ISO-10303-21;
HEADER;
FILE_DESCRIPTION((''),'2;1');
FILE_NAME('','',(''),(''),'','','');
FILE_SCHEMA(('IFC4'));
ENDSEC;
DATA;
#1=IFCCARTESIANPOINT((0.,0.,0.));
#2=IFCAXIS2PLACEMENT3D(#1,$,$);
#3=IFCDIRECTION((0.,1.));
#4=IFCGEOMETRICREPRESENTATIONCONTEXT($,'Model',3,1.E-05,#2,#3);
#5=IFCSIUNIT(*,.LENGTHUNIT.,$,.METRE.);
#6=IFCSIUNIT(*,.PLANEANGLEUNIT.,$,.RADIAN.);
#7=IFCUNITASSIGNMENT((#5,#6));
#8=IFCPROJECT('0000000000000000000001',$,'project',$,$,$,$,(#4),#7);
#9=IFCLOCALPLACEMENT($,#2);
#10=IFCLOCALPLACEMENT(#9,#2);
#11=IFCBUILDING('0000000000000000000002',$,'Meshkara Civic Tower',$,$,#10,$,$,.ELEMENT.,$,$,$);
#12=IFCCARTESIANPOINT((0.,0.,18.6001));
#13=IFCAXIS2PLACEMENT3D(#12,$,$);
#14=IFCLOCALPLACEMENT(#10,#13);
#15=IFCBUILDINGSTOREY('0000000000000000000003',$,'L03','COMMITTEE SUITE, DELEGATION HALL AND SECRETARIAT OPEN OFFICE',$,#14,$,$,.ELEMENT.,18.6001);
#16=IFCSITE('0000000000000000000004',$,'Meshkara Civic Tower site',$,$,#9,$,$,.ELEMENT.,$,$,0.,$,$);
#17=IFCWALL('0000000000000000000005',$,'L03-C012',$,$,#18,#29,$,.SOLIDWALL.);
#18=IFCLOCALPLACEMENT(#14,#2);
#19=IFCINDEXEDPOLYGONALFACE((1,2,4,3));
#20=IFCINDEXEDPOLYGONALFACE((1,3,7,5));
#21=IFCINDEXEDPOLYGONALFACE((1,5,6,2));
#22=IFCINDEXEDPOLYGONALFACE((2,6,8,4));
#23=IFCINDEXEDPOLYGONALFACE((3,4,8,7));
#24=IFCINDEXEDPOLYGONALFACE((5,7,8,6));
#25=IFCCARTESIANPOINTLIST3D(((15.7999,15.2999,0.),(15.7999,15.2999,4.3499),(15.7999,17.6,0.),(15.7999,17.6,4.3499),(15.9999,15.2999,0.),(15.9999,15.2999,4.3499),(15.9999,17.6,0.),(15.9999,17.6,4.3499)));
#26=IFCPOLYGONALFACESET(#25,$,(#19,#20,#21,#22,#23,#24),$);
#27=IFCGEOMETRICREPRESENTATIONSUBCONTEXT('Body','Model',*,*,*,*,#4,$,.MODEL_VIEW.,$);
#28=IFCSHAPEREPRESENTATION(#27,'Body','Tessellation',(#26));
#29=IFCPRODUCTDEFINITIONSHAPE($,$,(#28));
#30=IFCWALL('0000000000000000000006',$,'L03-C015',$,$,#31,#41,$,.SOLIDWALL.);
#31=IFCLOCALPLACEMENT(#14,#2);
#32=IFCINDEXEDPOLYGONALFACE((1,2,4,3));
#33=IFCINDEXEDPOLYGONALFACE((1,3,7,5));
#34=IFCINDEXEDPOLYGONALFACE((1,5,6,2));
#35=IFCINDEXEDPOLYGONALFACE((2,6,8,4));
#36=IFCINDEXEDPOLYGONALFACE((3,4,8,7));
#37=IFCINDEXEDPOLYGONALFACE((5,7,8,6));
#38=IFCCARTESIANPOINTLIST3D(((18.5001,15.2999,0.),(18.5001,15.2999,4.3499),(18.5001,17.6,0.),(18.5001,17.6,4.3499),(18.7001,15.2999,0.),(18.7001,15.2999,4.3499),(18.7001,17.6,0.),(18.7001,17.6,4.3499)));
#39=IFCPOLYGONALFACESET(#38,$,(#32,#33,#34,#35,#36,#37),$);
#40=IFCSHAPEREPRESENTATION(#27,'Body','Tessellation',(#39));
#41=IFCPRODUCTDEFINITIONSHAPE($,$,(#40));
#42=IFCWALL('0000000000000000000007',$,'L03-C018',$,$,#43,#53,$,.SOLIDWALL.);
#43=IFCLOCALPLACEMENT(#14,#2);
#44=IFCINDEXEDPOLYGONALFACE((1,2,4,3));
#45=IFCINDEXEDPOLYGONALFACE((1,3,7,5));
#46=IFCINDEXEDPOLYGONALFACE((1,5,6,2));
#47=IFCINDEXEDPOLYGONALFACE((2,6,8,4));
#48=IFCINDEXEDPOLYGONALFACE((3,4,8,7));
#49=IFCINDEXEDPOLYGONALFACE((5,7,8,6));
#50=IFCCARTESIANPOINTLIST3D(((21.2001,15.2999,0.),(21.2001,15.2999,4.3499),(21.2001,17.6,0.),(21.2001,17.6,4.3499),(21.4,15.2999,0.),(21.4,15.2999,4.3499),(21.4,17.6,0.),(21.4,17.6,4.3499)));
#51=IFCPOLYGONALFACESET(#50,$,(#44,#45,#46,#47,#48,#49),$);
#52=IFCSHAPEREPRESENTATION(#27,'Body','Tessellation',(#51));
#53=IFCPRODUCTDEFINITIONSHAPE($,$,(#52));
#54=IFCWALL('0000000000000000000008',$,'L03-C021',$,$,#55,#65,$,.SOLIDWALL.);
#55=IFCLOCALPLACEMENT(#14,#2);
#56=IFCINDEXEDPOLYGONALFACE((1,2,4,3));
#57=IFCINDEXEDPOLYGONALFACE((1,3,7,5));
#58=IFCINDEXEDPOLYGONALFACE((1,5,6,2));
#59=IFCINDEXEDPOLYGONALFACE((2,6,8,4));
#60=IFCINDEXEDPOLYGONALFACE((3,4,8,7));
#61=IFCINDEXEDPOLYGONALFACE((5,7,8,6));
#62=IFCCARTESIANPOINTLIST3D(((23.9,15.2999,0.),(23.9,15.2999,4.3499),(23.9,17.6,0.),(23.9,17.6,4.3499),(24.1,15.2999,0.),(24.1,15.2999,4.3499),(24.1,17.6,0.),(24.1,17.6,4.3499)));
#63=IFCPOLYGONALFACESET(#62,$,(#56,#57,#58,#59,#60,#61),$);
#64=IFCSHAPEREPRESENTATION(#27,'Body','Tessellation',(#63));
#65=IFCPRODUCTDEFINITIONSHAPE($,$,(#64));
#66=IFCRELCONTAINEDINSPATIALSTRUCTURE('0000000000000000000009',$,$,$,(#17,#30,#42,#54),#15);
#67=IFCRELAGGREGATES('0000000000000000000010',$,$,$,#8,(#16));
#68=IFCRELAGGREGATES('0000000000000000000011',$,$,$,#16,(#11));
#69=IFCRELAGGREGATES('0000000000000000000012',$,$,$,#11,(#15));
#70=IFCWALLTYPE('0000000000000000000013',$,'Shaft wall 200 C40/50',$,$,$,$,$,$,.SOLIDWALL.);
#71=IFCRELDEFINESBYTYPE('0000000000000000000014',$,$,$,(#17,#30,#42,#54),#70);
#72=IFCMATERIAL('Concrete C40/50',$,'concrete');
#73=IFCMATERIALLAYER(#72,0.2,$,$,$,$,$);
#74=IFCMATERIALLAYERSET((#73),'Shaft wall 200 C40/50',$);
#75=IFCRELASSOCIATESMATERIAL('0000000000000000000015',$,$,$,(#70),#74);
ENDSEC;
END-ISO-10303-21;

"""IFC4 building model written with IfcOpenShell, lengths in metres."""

from ifc_helpers import new_model, si_unit, direction, frame, frame_2d, origin, place, context, subcontext, project, spatial, rectangle, extrude, material, layer, layer_set, type_object, element, save


model = new_model("IFC4")

# Units and contexts
model_context = context("Model", 3, precision=1e-05, world=origin(), true_north=direction((0.0, 1.0)))
body_context = subcontext(model_context, "Body", "Model", "MODEL_VIEW")
ifc_project = project(units=[si_unit("LENGTHUNIT", "METRE"), si_unit("PLANEANGLEUNIT", "RADIAN")], contexts=[model_context])

# Site, building, storey
site_placement = place(None, origin())
site = spatial("IfcSite", under=ifc_project, at=site_placement, Name="Meshkara Civic Tower site", CompositionType="ELEMENT", RefElevation=0.0)
building_placement = place(site_placement, origin())
building = spatial("IfcBuilding", under=site, at=building_placement, Name="Meshkara Civic Tower", CompositionType="ELEMENT")
storey_placement = place(building_placement, frame((0.0, 0.0, 18.6001)))
storey = spatial("IfcBuildingStorey", under=building, at=storey_placement, Name="L03", Description="COMMITTEE SUITE, DELEGATION HALL AND SECRETARIAT OPEN OFFICE", CompositionType="ELEMENT", Elevation=18.6001)

# Shared definitions
ifc_material_1 = material(Name="Concrete C40/50", Category="concrete")
ifc_layer_1 = layer(ifc_material_1, 0.2)
ifc_layer_set_1 = layer_set([ifc_layer_1], Name="Shaft wall 200 C40/50")
wall_type_1 = type_object("IfcWallType", Name="Shaft wall 200 C40/50", PredefinedType="SOLIDWALL", material=ifc_layer_set_1)

# Walls
for number, where, z_axis, x_axis, name in (
    (1, (15.8999, 15.3, 0.0), (0.0, 0.0, 1.0), (0.0, 1.0, 0.0), "L03-C012"),
    (2, (18.6001, 15.3, 0.0), (0.0, 0.0, 1.0), (0.0, 1.0, 0.0), "L03-C015"),
    (3, (21.3, 15.3, 0.0), (0.0, 0.0, 1.0), (0.0, 1.0, 0.0), "L03-C018"),
    (4, (24.0, 15.3, 0.0), (0.0, 0.0, 1.0), (0.0, 1.0, 0.0), "L03-C021"),
):
    element("IfcWall", number, at=place(storey_placement, frame(where, z_axis=z_axis, x_axis=x_axis)), inside=storey, type_object=wall_type_1, Name=name, PredefinedType="SOLIDWALL", context=body_context, shape_type="SweptSolid", body=[
        extrude(rectangle(XDim=2.3, YDim=0.2, at=frame_2d((1.1499, 0.0))), origin(), (0.0, 0.0, 1.0), 4.3499),
    ])

save(model, "model.ifc")
